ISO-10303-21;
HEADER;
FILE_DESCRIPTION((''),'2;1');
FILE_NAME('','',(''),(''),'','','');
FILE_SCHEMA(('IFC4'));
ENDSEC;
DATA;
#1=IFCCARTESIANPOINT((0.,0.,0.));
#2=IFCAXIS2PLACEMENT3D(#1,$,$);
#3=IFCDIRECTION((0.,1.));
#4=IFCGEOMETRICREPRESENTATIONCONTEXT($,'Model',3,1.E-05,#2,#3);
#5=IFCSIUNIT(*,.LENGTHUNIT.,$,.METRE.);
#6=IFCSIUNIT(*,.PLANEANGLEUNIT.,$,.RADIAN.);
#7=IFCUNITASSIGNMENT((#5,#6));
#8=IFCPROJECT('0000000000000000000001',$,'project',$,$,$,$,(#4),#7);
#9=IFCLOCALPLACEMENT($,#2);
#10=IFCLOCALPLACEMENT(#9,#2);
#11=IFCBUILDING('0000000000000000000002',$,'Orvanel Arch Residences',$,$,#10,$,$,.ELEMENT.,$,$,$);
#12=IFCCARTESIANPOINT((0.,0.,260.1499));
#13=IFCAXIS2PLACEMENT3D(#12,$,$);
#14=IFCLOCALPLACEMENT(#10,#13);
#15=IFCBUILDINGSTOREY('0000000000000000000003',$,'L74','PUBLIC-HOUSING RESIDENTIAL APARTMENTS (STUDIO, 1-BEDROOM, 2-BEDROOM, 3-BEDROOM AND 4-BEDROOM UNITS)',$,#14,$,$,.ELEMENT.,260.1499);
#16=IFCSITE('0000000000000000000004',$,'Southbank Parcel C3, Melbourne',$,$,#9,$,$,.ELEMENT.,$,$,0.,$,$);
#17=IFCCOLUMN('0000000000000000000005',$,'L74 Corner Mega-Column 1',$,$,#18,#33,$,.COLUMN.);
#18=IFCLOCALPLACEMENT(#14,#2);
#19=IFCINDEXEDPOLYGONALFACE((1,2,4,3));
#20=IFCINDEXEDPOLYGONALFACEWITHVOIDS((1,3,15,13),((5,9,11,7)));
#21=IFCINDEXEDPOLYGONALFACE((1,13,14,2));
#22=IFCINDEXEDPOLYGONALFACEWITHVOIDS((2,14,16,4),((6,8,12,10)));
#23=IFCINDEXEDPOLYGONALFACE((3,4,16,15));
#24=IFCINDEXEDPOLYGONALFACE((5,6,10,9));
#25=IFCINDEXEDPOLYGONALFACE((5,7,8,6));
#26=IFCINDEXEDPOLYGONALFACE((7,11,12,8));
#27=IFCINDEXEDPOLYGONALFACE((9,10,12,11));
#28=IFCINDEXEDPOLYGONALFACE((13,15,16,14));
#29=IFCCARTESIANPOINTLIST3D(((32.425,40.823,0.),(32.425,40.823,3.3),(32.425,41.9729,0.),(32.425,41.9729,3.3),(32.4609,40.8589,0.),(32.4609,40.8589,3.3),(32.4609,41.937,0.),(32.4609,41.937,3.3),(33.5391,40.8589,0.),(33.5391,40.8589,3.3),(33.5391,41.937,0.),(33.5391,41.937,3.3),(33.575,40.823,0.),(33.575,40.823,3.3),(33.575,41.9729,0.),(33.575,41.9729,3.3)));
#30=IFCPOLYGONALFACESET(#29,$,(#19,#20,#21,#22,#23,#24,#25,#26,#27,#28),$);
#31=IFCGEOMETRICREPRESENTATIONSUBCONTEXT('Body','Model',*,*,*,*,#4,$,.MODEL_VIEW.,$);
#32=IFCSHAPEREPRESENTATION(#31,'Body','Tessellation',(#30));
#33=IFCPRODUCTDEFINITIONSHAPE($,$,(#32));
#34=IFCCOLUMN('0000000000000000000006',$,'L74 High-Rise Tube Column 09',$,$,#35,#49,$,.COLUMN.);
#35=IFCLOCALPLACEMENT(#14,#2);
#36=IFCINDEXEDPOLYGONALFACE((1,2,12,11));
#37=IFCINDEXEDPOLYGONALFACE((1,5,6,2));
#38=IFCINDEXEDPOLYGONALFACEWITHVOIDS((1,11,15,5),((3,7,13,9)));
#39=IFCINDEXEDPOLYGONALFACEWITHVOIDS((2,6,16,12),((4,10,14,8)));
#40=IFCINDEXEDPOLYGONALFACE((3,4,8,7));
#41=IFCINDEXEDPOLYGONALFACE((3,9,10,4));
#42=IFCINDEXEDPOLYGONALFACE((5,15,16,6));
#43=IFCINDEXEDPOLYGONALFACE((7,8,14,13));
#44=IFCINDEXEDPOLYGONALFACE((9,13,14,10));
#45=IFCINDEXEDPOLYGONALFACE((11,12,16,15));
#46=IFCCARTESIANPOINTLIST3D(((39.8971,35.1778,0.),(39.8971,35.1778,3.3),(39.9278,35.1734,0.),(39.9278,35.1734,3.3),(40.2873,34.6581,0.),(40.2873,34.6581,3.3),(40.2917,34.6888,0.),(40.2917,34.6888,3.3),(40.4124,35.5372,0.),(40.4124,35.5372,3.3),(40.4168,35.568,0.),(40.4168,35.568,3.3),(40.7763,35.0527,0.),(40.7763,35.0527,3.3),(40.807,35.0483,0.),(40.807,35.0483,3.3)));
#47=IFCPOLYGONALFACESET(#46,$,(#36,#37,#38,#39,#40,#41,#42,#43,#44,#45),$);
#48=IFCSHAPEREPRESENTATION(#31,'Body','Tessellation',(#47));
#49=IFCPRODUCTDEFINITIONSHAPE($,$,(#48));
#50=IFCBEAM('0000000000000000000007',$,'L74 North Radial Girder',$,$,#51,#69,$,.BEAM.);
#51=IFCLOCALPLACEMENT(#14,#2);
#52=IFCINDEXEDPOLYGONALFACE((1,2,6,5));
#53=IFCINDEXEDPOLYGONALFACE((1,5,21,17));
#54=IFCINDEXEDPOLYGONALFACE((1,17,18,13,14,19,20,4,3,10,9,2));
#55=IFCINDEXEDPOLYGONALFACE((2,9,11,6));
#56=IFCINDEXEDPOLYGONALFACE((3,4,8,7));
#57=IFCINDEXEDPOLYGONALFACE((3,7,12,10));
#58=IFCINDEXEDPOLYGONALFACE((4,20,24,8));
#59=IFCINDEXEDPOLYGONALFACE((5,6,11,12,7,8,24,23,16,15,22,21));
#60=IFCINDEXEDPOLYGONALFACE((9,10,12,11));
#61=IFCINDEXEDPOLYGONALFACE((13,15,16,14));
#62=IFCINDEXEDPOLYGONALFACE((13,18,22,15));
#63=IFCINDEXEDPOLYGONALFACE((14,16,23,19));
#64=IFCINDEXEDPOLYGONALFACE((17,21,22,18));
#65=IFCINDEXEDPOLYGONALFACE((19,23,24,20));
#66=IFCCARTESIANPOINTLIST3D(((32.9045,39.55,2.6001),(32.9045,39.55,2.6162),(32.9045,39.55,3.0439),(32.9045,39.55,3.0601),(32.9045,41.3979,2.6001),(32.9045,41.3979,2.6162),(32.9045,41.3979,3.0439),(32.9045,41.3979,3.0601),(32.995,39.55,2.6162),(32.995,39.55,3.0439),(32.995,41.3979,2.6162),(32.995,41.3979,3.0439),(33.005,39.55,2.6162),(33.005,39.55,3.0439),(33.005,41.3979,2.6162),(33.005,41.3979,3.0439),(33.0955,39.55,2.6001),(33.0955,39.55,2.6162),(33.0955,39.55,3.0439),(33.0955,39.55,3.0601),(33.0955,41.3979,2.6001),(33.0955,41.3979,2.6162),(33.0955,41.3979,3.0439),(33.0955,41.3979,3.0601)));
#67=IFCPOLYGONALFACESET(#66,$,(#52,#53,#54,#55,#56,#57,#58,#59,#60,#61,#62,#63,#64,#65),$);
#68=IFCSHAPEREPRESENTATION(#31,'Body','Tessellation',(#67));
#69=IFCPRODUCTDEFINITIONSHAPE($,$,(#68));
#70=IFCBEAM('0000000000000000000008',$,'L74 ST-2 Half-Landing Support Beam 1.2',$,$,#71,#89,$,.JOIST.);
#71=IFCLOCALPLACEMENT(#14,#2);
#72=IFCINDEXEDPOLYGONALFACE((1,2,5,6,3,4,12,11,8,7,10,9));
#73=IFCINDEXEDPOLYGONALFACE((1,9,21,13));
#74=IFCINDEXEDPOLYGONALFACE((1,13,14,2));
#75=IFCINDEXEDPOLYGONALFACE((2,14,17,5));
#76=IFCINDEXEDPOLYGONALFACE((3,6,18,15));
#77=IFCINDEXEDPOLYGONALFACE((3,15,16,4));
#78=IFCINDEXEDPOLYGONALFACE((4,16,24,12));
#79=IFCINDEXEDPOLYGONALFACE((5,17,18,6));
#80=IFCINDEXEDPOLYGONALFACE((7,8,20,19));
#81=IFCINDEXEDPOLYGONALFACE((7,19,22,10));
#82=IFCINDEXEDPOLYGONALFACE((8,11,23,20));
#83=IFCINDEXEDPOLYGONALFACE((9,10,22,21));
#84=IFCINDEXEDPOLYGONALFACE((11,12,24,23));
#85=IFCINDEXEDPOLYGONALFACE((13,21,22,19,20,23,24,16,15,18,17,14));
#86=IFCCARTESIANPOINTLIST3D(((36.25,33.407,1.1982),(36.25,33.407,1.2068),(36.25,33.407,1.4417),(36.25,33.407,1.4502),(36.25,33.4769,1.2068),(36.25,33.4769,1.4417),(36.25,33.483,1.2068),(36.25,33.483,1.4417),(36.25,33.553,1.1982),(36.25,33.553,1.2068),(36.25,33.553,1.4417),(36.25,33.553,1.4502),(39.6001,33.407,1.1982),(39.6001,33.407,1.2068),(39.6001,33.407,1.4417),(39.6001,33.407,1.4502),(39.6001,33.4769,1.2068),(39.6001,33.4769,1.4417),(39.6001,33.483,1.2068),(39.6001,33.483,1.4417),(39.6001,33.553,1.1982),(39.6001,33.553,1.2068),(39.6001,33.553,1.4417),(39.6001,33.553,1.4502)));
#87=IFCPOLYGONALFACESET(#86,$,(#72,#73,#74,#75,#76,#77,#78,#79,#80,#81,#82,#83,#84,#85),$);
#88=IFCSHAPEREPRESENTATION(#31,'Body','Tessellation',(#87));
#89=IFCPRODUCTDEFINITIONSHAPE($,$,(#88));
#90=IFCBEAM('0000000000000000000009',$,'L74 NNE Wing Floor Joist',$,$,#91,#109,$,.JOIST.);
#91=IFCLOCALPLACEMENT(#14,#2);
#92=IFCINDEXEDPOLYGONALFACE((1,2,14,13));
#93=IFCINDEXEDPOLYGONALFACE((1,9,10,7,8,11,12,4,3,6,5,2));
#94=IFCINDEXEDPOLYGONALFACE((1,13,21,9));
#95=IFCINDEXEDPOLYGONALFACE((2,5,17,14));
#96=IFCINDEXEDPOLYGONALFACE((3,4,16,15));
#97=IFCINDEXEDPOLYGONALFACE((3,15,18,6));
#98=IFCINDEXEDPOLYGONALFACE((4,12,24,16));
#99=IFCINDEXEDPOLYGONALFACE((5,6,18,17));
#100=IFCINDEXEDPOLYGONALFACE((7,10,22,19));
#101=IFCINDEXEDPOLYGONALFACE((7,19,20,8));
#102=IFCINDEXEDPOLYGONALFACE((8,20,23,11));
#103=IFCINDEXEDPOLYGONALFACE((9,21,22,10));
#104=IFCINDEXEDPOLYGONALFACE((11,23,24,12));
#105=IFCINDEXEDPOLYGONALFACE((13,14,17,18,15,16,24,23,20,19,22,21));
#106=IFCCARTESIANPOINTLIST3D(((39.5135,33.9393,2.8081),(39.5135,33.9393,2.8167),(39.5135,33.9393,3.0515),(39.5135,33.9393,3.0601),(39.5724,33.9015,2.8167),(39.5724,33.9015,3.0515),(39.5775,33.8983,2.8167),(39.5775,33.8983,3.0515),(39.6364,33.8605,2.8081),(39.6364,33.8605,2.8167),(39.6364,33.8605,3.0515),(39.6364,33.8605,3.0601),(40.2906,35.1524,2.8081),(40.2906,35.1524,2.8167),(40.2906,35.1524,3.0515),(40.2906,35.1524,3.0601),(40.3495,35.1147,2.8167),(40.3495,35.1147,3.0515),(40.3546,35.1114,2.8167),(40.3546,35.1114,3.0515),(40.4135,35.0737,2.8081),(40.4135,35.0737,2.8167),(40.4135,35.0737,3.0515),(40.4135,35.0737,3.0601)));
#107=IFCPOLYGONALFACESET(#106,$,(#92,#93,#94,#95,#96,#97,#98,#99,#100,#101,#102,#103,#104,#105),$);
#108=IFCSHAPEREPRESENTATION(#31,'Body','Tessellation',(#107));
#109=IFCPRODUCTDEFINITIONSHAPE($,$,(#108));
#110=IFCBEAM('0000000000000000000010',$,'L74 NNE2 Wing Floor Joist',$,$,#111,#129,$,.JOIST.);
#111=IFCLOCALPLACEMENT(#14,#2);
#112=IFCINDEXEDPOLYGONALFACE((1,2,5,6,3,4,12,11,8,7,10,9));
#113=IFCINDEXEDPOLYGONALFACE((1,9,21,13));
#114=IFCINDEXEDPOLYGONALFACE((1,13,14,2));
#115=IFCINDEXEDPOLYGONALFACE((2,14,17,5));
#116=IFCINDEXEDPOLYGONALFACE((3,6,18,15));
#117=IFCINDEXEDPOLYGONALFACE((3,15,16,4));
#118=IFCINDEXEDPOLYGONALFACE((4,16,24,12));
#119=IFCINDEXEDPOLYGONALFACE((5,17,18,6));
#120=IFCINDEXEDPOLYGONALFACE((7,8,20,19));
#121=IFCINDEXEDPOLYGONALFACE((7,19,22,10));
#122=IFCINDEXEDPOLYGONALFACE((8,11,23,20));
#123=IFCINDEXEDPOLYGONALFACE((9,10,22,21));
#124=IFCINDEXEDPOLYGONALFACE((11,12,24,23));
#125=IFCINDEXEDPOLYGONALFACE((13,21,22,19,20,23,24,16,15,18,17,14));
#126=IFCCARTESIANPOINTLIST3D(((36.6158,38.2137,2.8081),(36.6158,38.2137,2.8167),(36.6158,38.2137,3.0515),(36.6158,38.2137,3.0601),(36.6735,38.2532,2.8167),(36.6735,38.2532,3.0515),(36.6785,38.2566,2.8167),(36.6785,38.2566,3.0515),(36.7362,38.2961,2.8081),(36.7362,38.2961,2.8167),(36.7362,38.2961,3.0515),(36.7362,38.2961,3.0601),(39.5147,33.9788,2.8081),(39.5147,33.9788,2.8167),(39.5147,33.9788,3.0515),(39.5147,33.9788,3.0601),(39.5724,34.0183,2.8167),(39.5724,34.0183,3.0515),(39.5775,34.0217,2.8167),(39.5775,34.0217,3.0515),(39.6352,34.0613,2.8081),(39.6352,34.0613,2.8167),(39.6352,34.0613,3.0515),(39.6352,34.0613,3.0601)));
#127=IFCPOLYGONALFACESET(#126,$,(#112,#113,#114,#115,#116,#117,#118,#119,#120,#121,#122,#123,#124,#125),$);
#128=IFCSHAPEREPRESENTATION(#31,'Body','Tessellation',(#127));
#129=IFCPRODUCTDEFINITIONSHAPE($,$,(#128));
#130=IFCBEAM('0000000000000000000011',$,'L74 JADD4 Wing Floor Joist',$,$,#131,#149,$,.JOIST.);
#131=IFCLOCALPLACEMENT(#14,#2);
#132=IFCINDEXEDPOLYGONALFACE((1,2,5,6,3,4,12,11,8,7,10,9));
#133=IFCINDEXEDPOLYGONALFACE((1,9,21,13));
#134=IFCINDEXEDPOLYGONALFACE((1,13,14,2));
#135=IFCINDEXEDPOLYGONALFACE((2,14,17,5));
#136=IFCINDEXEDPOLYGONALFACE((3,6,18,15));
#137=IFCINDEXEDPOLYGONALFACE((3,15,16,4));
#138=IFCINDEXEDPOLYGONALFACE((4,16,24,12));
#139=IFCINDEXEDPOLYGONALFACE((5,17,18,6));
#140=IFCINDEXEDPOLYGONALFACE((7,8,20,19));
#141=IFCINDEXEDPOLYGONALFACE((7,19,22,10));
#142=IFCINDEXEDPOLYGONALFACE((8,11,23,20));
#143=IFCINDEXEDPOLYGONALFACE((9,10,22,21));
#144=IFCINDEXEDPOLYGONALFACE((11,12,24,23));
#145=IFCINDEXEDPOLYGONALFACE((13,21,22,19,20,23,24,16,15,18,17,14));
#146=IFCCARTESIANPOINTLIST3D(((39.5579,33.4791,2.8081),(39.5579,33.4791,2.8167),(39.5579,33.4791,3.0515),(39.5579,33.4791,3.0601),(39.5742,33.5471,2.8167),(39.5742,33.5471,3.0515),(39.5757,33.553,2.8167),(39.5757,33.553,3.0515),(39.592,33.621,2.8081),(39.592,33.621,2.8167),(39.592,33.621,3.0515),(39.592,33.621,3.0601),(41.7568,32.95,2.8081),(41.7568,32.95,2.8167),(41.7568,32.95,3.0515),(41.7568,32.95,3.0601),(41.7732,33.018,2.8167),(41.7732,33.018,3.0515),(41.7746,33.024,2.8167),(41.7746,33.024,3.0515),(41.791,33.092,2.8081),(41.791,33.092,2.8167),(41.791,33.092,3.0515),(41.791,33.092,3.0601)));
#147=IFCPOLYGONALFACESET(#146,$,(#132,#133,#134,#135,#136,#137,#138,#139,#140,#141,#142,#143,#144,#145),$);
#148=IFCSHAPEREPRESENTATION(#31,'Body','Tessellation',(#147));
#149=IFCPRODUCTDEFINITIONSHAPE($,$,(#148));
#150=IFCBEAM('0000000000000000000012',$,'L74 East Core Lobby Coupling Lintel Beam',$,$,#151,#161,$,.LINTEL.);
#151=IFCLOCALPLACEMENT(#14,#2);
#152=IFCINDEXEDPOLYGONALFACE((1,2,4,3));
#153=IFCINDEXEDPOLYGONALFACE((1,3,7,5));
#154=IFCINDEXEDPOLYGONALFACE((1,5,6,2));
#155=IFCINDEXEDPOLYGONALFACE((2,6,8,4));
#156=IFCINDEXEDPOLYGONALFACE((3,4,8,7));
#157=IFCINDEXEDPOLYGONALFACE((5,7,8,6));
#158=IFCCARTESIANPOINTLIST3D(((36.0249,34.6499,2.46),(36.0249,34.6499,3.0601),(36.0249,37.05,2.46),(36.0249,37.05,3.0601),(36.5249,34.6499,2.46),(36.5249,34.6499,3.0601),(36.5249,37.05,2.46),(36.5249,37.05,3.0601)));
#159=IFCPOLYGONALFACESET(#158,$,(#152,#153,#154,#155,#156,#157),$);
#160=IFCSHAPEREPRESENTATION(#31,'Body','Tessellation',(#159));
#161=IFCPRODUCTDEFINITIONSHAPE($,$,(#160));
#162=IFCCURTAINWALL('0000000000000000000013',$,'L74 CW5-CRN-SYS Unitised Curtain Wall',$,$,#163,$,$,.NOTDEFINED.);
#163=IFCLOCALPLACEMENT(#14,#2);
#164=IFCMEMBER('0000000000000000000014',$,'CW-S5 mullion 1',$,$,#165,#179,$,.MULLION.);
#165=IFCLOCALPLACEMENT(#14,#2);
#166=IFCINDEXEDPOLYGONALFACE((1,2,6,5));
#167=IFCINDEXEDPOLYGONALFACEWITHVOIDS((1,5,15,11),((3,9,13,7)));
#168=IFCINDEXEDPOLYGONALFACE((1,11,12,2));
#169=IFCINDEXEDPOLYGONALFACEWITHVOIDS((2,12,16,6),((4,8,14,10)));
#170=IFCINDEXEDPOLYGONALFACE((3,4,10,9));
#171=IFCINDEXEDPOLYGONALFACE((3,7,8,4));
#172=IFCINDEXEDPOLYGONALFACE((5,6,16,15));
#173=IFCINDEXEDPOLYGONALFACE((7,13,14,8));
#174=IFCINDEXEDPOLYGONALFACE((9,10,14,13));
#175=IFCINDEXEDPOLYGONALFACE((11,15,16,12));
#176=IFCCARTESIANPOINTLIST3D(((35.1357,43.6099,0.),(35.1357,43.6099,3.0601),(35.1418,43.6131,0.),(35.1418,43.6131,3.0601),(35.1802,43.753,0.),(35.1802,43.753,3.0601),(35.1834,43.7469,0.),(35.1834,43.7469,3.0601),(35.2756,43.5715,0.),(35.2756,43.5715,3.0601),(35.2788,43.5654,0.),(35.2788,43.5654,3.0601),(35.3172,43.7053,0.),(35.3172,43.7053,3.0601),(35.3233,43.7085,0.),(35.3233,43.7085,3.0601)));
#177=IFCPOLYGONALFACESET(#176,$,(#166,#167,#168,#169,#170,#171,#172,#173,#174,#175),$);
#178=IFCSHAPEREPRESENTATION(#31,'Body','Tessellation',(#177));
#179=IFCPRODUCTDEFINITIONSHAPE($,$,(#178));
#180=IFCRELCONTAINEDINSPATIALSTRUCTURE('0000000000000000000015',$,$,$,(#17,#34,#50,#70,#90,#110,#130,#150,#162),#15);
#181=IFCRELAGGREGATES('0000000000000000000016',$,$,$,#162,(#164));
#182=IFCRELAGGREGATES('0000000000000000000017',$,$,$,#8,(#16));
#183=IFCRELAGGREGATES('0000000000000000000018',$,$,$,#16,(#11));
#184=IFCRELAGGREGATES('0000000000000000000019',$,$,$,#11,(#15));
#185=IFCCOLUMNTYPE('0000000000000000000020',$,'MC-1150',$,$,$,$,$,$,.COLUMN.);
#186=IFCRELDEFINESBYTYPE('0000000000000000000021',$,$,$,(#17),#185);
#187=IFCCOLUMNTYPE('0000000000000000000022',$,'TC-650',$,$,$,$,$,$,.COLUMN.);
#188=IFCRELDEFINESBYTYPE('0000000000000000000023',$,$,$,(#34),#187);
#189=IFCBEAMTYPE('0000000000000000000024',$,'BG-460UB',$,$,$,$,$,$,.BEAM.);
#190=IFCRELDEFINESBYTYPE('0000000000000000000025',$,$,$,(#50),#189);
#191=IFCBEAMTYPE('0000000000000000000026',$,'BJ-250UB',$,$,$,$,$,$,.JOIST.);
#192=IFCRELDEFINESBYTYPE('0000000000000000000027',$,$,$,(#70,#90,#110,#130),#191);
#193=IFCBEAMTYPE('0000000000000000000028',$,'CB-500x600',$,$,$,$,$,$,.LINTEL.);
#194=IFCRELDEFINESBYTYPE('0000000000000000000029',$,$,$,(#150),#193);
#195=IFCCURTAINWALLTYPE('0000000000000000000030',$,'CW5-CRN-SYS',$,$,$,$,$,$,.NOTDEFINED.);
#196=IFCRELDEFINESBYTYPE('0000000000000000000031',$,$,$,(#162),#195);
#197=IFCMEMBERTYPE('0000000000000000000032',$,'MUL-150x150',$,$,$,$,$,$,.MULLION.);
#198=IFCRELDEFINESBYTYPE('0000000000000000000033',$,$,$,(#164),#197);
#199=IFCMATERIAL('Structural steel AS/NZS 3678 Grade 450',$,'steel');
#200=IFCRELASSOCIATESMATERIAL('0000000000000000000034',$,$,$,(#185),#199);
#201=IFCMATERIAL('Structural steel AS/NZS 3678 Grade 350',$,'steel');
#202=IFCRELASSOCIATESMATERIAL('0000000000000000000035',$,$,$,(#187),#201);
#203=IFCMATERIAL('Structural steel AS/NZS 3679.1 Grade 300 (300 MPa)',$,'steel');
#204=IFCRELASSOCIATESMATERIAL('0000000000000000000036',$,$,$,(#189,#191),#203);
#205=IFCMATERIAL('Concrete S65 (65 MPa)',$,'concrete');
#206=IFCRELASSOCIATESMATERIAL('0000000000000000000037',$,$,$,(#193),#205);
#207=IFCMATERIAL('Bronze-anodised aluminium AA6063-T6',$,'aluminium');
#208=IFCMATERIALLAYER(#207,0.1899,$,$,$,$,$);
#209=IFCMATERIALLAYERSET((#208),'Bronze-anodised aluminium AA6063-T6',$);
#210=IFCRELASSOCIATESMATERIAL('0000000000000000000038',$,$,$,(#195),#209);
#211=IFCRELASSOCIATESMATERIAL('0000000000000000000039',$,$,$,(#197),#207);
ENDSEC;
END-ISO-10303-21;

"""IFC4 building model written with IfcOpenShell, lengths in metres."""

from ifc_helpers import new_model, si_unit, direction, frame, origin, origin_2d, place, context, subcontext, project, spatial, rectangle, hollow_rectangle, i_section, extrude, material, layer, layer_set, material_profile, profile_set, type_object, element, aggregate, save


model = new_model("IFC4")

# Units and contexts
model_context = context("Model", 3, precision=1e-05, world=origin(), true_north=direction((0.0, 1.0)))
body_context = subcontext(model_context, "Body", "Model", "MODEL_VIEW")
ifc_project = project(units=[si_unit("LENGTHUNIT", "METRE"), si_unit("PLANEANGLEUNIT", "RADIAN")], contexts=[model_context])

# Site, building, storey
site_placement = place(None, origin())
site = spatial("IfcSite", under=ifc_project, at=site_placement, Name="Southbank Parcel C3, Melbourne", CompositionType="ELEMENT", RefElevation=0.0)
building_placement = place(site_placement, origin())
building = spatial("IfcBuilding", under=site, at=building_placement, Name="Orvanel Arch Residences", CompositionType="ELEMENT")
storey_placement = place(building_placement, frame((0.0, 0.0, 260.1499)))
storey = spatial("IfcBuildingStorey", under=building, at=storey_placement, Name="L74", Description="PUBLIC-HOUSING RESIDENTIAL APARTMENTS (STUDIO, 1-BEDROOM, 2-BEDROOM, 3-BEDROOM AND 4-BEDROOM UNITS)", CompositionType="ELEMENT", Elevation=260.1499)

# Columns
ifc_material_1 = material(Name="Structural steel AS/NZS 3678 Grade 450", Category="steel")
ifc_material_profile_1 = material_profile(ifc_material_1, hollow_rectangle(XDim=1.1499, YDim=1.1499, WallThickness=0.0359, at=origin_2d()), Name="BOX1150x1150x36")
ifc_profile_set_1 = profile_set([ifc_material_profile_1], Name="Structural steel AS/NZS 3678 Grade 450")
column_type_1 = type_object("IfcColumnType", Name="MC-1150", PredefinedType="COLUMN", material=ifc_profile_set_1)
column_1_placement = place(storey_placement, frame((33.0, 41.3979, 0.0), z_axis=(0.0, 0.0, 1.0), x_axis=(1.0, 0.0, 0.0)))
element("IfcColumn", 1, at=column_1_placement, inside=storey, type_object=column_type_1, Name="L74 Corner Mega-Column 1", PredefinedType="COLUMN", context=body_context, shape_type="SweptSolid", body=[
    extrude(hollow_rectangle(XDim=1.1499, YDim=1.1499, WallThickness=0.0359, at=origin_2d()), origin(), (0.0, 0.0, 1.0), 3.3),
])
ifc_material_2 = material(Name="Structural steel AS/NZS 3678 Grade 350", Category="steel")
ifc_material_profile_2 = material_profile(ifc_material_2, hollow_rectangle(XDim=0.6499, YDim=0.6499, WallThickness=0.022, at=origin_2d()), Name="BOX650x650x22")
ifc_profile_set_2 = profile_set([ifc_material_profile_2], Name="Structural steel AS/NZS 3678 Grade 350")
column_type_2 = type_object("IfcColumnType", Name="TC-650", PredefinedType="COLUMN", material=ifc_profile_set_2)
column_2_placement = place(storey_placement, frame((40.3521, 35.113, 0.0), z_axis=(0.0, 0.0, 1.0), x_axis=(-0.60042, 0.799685, 0.0)))
element("IfcColumn", 2, at=column_2_placement, inside=storey, type_object=column_type_2, Name="L74 High-Rise Tube Column 09", PredefinedType="COLUMN", context=body_context, shape_type="SweptSolid", body=[
    extrude(hollow_rectangle(XDim=0.6499, YDim=0.6499, WallThickness=0.022, at=origin_2d()), origin(), (0.0, 0.0, 1.0), 3.3),
])

# Beams
ifc_material_3 = material(Name="Structural steel AS/NZS 3679.1 Grade 300 (300 MPa)", Category="steel")
ifc_material_profile_3 = material_profile(ifc_material_3, i_section(OverallWidth=0.1909, OverallDepth=0.46, WebThickness=0.01, FlangeThickness=0.0161, at=origin_2d()), Name="460UB82.1")
ifc_profile_set_3 = profile_set([ifc_material_profile_3], Name="Structural steel AS/NZS 3679.1 Grade 300 (300 MPa)")
beam_type_1 = type_object("IfcBeamType", Name="BG-460UB", PredefinedType="BEAM", material=ifc_profile_set_3)
beam_1_placement = place(storey_placement, frame((33.0, 39.55, 2.8301), z_axis=(0.0, 1.0, 0.0), x_axis=(-1.0, 0.0, 0.0)))
element("IfcBeam", 3, at=beam_1_placement, inside=storey, type_object=beam_type_1, Name="L74 North Radial Girder", PredefinedType="BEAM", context=body_context, shape_type="SweptSolid", body=[
    extrude(i_section(OverallWidth=0.1909, OverallDepth=0.46, WebThickness=0.01, FlangeThickness=0.0161, at=origin_2d()), origin(), (0.0, 0.0, 1.0), 1.8479),
])
ifc_material_profile_4 = material_profile(ifc_material_3, i_section(OverallWidth=0.146, OverallDepth=0.252, WebThickness=0.0061, FlangeThickness=0.0085, at=origin_2d()), Name="250UB31.4")
ifc_profile_set_4 = profile_set([ifc_material_profile_4], Name="Structural steel AS/NZS 3679.1 Grade 300 (300 MPa)")
beam_type_2 = type_object("IfcBeamType", Name="BJ-250UB", PredefinedType="JOIST", material=ifc_profile_set_4)
beam_2_placement = place(storey_placement, frame((36.25, 33.48, 1.3242), z_axis=(1.0, 0.0, 0.0), x_axis=(0.0, 1.0, 0.0)))
element("IfcBeam", 4, at=beam_2_placement, inside=storey, type_object=beam_type_2, Name="L74 ST-2 Half-Landing Support Beam 1.2", PredefinedType="JOIST", context=body_context, shape_type="SweptSolid", body=[
    extrude(i_section(OverallWidth=0.146, OverallDepth=0.252, WebThickness=0.0061, FlangeThickness=0.0085, at=origin_2d()), origin(), (0.0, 0.0, 1.0), 3.3501),
])
beam_3_placement = place(storey_placement, frame((39.575, 33.8999, 2.9341), z_axis=(0.539395, 0.842053, 0.0), x_axis=(-0.842053, 0.539395, 0.0)))
element("IfcBeam", 5, at=beam_3_placement, inside=storey, type_object=beam_type_2, Name="L74 NNE Wing Floor Joist", PredefinedType="JOIST", context=body_context, shape_type="SweptSolid", body=[
    extrude(i_section(OverallWidth=0.146, OverallDepth=0.252, WebThickness=0.0061, FlangeThickness=0.0085, at=origin_2d()), origin(), (0.0, 0.0, 1.0), 1.4407),
])
beam_4_placement = place(storey_placement, frame((39.575, 34.02, 2.9341), z_axis=(-0.564868, 0.825181, 0.0), x_axis=(-0.825181, -0.564868, 0.0)))
element("IfcBeam", 6, at=beam_4_placement, inside=storey, type_object=beam_type_2, Name="L74 NNE2 Wing Floor Joist", PredefinedType="JOIST", context=body_context, shape_type="SweptSolid", body=[
    extrude(i_section(OverallWidth=0.146, OverallDepth=0.252, WebThickness=0.0061, FlangeThickness=0.0085, at=origin_2d()), origin(), (0.0, 0.0, 1.0), 5.1321),
])
beam_5_placement = place(storey_placement, frame((39.575, 33.55, 2.9341), z_axis=(0.972257, -0.233916, 0.0), x_axis=(0.233916, 0.972257, 0.0)))
element("IfcBeam", 7, at=beam_5_placement, inside=storey, type_object=beam_type_2, Name="L74 JADD4 Wing Floor Joist", PredefinedType="JOIST", context=body_context, shape_type="SweptSolid", body=[
    extrude(i_section(OverallWidth=0.146, OverallDepth=0.252, WebThickness=0.0061, FlangeThickness=0.0085, at=origin_2d()), origin(), (0.0, 0.0, 1.0), 2.2617),
])
ifc_material_4 = material(Name="Concrete S65 (65 MPa)", Category="concrete")
ifc_material_profile_5 = material_profile(ifc_material_4, rectangle(XDim=0.5, YDim=0.6001, at=origin_2d()), Name="RC500x600")
ifc_profile_set_5 = profile_set([ifc_material_profile_5], Name="Concrete S65 (65 MPa)")
beam_type_3 = type_object("IfcBeamType", Name="CB-500x600", PredefinedType="LINTEL", material=ifc_profile_set_5)
beam_6_placement = place(storey_placement, frame((36.2749, 34.6499, 2.76), z_axis=(0.0, 1.0, 0.0), x_axis=(-1.0, 0.0, 0.0)))
element("IfcBeam", 8, at=beam_6_placement, inside=storey, type_object=beam_type_3, Name="L74 East Core Lobby Coupling Lintel Beam", PredefinedType="LINTEL", context=body_context, shape_type="SweptSolid", body=[
    extrude(rectangle(XDim=0.5, YDim=0.6001, at=origin_2d()), origin(), (0.0, 0.0, 1.0), 2.4001),
])

# Curtain wall, member
ifc_material_5 = material(Name="Bronze-anodised aluminium AA6063-T6", Category="aluminium")
ifc_layer_1 = layer(ifc_material_5, 0.1899)
ifc_layer_set_1 = layer_set([ifc_layer_1], Name="Bronze-anodised aluminium AA6063-T6")
curtain_wall_type_1 = type_object("IfcCurtainWallType", Name="CW5-CRN-SYS", PredefinedType="NOTDEFINED", material=ifc_layer_set_1)
curtain_wall_1_placement = place(storey_placement, origin())
curtain_wall_1 = element("IfcCurtainWall", 9, at=curtain_wall_1_placement, inside=storey, type_object=curtain_wall_type_1, Name="L74 CW5-CRN-SYS Unitised Curtain Wall", PredefinedType="NOTDEFINED")
ifc_material_profile_6 = material_profile(ifc_material_5, hollow_rectangle(XDim=0.1499, YDim=0.1499, WallThickness=0.0049, at=origin_2d()), Name="ALU150x150x5")
ifc_profile_set_6 = profile_set([ifc_material_profile_6], Name="Bronze-anodised aluminium AA6063-T6")
member_type_1 = type_object("IfcMemberType", Name="MUL-150x150", PredefinedType="MULLION", material=ifc_profile_set_6)
member_1_placement = place(storey_placement, frame((35.2295, 43.6592, 0.0), z_axis=(0.0, 0.0, 1.0), x_axis=(-0.29694, -0.954896, 0.0)))
member_1 = element("IfcMember", 10, at=member_1_placement, type_object=member_type_1, Name="CW-S5 mullion 1", PredefinedType="MULLION", context=body_context, shape_type="SweptSolid", body=[
    extrude(hollow_rectangle(XDim=0.1499, YDim=0.1499, WallThickness=0.0049, at=origin_2d()), origin(), (0.0, 0.0, 1.0), 3.0601),
])

aggregate(curtain_wall_1, [member_1])

save(model, "model.ifc")
